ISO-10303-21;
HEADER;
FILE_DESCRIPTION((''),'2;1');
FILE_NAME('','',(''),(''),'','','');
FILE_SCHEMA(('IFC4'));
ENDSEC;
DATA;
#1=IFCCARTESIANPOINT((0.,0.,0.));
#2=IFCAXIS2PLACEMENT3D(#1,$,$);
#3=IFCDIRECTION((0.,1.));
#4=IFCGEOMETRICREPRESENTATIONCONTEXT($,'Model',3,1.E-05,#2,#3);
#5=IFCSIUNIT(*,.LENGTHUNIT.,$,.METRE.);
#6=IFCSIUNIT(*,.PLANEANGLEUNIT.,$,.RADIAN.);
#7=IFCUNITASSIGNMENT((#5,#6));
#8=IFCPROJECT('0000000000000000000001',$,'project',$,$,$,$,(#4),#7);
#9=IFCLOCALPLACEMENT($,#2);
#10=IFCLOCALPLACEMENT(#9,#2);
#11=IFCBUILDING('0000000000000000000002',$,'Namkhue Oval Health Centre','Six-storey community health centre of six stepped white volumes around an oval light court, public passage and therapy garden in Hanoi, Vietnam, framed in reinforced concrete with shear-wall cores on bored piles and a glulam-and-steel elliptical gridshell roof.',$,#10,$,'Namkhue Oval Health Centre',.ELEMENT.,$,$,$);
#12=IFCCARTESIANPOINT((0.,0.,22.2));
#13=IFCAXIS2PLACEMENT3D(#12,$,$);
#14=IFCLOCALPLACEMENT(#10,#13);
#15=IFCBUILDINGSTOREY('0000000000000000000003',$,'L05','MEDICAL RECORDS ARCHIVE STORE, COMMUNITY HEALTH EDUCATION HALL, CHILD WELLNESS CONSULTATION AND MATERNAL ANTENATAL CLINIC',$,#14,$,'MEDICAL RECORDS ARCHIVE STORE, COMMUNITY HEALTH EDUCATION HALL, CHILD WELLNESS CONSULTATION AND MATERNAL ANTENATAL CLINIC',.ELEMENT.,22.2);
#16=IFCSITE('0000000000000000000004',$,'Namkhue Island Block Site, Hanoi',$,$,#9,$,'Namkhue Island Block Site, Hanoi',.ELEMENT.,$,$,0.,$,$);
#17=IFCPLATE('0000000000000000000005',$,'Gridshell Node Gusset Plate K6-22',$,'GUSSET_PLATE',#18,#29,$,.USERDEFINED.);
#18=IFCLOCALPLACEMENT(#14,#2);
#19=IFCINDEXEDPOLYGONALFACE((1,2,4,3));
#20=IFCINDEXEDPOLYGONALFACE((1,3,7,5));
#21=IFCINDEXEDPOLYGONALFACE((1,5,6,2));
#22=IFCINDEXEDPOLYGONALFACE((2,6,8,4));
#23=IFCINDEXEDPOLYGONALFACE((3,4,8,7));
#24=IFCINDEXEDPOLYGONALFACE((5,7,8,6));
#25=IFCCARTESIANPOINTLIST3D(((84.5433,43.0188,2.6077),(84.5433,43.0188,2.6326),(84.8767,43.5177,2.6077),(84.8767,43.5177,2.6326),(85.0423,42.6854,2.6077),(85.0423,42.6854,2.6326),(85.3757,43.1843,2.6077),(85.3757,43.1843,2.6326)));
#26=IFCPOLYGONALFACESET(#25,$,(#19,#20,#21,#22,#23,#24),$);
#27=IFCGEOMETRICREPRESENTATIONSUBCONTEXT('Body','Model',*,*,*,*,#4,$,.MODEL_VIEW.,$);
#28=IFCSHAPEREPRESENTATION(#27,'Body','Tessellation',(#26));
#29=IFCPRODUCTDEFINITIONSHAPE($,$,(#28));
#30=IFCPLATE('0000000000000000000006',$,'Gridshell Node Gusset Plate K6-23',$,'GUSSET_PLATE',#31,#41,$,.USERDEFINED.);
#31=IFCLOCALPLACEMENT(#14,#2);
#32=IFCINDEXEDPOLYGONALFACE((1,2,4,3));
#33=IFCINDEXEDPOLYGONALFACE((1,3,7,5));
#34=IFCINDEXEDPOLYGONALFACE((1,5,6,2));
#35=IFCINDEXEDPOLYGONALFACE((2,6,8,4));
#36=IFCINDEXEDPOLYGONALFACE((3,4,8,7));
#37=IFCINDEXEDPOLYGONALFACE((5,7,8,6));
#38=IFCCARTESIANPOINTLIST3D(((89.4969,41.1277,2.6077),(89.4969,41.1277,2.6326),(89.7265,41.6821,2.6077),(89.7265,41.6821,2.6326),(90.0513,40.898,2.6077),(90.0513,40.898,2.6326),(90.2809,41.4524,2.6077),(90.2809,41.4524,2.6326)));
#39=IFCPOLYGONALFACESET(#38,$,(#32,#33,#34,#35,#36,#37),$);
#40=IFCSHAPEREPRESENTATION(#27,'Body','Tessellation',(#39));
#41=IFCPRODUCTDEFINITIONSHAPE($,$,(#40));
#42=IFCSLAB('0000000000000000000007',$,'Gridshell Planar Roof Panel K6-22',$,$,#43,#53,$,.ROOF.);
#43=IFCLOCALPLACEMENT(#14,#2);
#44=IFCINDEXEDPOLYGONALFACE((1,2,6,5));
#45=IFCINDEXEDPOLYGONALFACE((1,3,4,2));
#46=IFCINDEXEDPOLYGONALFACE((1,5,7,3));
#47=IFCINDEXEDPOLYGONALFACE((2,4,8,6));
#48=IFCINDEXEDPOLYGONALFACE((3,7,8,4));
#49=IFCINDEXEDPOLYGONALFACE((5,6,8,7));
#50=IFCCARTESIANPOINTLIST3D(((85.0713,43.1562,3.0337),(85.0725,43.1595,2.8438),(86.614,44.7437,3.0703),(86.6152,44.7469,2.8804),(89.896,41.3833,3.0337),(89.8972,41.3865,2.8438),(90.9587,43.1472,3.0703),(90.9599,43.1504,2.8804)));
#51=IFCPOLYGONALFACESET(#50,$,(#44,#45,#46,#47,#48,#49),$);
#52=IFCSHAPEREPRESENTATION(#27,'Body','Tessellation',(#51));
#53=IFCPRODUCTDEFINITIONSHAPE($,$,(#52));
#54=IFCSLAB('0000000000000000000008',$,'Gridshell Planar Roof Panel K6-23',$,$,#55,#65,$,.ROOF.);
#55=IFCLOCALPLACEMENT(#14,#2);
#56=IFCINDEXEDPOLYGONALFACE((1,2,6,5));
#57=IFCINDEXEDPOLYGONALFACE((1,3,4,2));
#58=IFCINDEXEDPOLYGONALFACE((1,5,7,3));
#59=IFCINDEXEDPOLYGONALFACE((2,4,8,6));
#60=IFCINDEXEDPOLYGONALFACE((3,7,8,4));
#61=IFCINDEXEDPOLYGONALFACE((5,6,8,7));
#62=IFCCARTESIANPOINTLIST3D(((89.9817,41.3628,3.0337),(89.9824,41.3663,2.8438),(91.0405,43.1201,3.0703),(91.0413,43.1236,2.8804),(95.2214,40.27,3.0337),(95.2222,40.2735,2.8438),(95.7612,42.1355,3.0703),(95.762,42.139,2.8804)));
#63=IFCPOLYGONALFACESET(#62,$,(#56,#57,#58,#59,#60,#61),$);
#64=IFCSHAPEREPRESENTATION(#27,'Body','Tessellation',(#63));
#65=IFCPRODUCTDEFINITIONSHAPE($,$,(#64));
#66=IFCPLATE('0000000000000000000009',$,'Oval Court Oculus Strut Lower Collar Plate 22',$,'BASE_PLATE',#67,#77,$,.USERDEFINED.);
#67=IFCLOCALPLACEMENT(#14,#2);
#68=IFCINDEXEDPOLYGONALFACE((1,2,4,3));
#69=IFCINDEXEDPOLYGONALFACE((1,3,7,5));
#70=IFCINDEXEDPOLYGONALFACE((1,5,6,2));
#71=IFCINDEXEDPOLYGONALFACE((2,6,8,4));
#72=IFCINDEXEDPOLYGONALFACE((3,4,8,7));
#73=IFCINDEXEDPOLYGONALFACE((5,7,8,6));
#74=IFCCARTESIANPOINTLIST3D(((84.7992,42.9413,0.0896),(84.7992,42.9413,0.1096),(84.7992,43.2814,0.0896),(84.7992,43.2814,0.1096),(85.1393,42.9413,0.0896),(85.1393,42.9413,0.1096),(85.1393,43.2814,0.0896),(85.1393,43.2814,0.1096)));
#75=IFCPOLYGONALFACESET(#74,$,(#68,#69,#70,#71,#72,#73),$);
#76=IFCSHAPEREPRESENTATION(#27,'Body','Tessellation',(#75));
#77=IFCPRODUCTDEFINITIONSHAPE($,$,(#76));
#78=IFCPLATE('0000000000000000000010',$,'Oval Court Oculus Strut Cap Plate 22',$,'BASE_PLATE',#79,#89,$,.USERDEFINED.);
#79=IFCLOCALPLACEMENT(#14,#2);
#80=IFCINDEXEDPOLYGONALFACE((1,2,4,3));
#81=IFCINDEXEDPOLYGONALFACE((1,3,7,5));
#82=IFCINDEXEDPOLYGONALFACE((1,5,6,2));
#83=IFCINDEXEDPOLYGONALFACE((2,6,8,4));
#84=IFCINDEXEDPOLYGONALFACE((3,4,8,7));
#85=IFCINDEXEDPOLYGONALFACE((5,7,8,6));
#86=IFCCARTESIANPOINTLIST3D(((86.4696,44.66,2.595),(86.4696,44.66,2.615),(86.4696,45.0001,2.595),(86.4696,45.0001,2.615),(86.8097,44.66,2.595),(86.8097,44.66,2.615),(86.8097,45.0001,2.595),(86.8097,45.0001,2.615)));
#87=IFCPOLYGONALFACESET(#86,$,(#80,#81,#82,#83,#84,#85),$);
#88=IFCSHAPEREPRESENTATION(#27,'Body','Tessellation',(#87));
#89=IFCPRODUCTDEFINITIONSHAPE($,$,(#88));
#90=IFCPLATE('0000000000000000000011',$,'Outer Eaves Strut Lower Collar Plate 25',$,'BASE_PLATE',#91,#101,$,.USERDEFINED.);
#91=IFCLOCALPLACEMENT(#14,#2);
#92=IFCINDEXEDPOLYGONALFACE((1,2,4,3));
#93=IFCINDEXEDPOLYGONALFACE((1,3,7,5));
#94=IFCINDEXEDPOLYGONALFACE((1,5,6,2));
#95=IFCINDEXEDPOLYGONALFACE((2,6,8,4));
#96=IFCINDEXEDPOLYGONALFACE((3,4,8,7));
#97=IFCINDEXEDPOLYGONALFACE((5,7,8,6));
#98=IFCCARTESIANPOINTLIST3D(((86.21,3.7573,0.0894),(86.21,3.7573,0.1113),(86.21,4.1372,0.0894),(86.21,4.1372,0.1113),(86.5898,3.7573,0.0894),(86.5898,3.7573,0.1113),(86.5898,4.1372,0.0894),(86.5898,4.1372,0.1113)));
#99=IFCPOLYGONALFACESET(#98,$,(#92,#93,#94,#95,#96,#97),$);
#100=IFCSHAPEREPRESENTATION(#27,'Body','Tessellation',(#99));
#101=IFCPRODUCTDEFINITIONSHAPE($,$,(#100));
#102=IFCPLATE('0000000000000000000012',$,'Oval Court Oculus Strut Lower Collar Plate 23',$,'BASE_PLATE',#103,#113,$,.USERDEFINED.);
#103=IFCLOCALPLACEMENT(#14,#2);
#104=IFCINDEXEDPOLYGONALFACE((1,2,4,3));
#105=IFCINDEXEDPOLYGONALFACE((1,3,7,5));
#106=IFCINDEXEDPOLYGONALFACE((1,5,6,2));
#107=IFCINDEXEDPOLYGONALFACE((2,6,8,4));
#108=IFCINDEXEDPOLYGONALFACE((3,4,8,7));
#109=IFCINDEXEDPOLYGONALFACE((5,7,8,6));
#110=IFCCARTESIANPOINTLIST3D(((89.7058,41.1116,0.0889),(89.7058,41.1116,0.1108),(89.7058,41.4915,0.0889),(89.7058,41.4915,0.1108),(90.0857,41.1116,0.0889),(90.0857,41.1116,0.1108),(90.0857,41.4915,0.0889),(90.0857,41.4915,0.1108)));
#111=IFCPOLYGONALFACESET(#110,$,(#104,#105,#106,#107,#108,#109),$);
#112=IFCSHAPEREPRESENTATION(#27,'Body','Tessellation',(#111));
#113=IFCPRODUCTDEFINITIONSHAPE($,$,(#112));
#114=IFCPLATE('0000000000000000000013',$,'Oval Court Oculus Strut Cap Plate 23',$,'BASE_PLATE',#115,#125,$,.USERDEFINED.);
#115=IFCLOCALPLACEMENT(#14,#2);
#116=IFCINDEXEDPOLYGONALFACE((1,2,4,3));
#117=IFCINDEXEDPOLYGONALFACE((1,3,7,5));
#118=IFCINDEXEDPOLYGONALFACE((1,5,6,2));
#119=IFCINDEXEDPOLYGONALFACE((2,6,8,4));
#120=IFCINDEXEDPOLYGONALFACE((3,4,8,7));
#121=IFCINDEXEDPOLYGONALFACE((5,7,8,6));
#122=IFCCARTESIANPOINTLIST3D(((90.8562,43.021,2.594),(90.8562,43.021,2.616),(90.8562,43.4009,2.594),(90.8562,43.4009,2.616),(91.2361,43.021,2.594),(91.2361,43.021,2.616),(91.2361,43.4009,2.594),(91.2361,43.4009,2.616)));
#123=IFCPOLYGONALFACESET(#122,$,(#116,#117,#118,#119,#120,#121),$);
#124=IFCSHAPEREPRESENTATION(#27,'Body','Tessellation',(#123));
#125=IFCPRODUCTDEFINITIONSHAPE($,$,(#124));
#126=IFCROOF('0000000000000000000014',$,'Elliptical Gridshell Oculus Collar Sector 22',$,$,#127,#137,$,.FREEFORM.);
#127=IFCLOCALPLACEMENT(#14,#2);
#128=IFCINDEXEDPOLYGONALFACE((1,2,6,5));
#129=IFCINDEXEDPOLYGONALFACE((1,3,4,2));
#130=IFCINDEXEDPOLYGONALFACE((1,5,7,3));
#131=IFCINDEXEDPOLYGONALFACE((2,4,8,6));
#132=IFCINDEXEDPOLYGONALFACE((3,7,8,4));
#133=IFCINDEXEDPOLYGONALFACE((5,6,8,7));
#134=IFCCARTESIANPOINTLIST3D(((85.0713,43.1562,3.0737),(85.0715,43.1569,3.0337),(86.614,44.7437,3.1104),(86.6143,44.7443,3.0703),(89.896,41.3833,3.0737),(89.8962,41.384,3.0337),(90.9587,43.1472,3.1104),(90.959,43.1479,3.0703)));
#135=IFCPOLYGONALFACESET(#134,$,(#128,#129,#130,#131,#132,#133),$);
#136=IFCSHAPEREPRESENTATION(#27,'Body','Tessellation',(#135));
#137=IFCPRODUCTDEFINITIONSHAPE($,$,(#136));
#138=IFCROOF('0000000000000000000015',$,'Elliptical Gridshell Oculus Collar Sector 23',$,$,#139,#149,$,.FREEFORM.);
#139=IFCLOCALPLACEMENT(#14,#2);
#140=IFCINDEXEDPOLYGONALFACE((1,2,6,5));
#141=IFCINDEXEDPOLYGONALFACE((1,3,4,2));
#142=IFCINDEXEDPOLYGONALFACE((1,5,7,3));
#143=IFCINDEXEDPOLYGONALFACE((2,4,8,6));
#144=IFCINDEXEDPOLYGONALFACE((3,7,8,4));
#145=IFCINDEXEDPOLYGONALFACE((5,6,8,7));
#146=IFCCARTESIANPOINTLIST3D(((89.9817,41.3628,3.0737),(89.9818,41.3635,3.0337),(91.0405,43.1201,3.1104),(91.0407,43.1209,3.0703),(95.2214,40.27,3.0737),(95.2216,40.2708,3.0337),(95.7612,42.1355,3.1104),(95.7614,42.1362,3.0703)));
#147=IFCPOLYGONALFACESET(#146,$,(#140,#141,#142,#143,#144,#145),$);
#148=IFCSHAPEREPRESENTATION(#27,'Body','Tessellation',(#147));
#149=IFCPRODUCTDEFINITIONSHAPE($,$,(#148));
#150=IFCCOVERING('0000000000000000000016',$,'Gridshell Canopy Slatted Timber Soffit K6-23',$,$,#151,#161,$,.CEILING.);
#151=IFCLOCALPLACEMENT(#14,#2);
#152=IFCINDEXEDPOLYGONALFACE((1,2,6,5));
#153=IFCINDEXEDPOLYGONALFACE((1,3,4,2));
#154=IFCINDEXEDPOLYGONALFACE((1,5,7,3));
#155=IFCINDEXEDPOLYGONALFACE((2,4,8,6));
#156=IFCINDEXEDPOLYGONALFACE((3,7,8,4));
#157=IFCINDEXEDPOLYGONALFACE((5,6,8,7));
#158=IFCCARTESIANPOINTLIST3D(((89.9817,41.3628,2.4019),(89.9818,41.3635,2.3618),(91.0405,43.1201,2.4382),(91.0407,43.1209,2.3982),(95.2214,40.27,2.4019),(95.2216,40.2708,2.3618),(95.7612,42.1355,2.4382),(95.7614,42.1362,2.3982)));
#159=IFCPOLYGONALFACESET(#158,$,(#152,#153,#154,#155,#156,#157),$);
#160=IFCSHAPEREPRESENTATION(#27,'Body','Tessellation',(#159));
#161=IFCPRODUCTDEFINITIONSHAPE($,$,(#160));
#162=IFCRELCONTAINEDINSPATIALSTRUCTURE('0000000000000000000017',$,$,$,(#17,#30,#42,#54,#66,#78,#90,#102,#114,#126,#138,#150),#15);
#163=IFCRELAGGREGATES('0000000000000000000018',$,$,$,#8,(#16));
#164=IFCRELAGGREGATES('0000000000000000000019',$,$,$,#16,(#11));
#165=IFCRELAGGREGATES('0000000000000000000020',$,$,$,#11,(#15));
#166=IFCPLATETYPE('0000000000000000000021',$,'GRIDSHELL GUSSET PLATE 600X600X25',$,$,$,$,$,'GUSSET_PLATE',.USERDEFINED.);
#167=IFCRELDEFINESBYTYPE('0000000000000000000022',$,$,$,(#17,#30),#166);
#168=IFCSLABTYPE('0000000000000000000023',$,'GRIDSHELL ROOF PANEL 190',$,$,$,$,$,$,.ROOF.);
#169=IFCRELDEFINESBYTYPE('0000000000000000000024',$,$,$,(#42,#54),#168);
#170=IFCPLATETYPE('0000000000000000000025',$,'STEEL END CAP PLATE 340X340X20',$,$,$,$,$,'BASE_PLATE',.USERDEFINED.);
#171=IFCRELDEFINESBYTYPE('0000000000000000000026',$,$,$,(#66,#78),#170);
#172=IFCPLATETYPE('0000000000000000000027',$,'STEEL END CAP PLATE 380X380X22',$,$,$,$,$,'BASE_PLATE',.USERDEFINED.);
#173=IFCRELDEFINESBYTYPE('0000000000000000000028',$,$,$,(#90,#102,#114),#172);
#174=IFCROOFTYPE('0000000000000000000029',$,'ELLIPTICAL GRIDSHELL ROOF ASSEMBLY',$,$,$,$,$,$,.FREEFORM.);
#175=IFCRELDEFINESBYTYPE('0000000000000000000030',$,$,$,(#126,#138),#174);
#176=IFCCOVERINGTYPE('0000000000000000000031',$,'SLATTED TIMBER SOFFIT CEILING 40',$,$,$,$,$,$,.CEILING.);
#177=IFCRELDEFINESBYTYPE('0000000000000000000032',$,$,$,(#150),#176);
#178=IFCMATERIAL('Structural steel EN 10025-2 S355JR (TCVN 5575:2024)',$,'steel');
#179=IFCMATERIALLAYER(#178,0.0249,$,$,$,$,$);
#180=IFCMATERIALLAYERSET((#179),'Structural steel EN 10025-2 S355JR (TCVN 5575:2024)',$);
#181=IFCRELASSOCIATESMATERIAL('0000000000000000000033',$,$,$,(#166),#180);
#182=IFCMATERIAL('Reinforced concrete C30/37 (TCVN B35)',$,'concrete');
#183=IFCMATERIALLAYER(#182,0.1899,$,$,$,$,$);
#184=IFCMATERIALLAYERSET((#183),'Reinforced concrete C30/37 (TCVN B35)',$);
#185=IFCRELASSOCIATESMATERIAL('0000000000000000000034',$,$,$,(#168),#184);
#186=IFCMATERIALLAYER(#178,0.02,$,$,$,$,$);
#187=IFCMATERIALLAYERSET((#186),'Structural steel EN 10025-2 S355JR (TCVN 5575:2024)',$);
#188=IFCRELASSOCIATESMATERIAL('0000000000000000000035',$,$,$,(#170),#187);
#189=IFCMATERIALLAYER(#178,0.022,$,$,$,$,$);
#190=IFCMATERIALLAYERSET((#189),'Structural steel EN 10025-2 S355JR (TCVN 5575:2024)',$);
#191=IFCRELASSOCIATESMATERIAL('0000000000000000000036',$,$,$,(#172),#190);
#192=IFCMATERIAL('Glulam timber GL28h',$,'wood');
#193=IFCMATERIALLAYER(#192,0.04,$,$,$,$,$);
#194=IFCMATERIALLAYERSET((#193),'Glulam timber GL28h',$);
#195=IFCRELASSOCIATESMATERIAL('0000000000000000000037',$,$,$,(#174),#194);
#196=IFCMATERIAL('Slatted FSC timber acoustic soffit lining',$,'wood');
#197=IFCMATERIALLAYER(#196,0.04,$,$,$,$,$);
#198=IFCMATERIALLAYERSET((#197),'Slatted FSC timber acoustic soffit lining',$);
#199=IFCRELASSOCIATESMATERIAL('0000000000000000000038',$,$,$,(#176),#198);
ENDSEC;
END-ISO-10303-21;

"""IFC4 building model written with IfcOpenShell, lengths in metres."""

from ifc_helpers import new_model, si_unit, direction, frame, origin, origin_2d, place, context, subcontext, project, spatial, polyline, rectangle, outline, extrude, material, layer, layer_set, type_object, element, save


model = new_model("IFC4")

# Units and contexts
model_context = context("Model", 3, precision=1e-05, world=origin(), true_north=direction((0.0, 1.0)))
body_context = subcontext(model_context, "Body", "Model", "MODEL_VIEW")
ifc_project = project(units=[si_unit("LENGTHUNIT", "METRE"), si_unit("PLANEANGLEUNIT", "RADIAN")], contexts=[model_context])

# Site, building, storey
site_placement = place(None, origin())
site = spatial("IfcSite", under=ifc_project, at=site_placement, Name="Namkhue Island Block Site, Hanoi", LongName="Namkhue Island Block Site, Hanoi", CompositionType="ELEMENT", RefElevation=0.0)
building_placement = place(site_placement, origin())
building = spatial("IfcBuilding", under=site, at=building_placement, Name="Namkhue Oval Health Centre", Description="Six-storey community health centre of six stepped white volumes around an oval light court, public passage and therapy garden in Hanoi, Vietnam, framed in reinforced concrete with shear-wall cores on bored piles and a glulam-and-steel elliptical gridshell roof.", LongName="Namkhue Oval Health Centre", CompositionType="ELEMENT")
storey_placement = place(building_placement, frame((0.0, 0.0, 22.2)))
storey = spatial("IfcBuildingStorey", under=building, at=storey_placement, Name="L05", Description="MEDICAL RECORDS ARCHIVE STORE, COMMUNITY HEALTH EDUCATION HALL, CHILD WELLNESS CONSULTATION AND MATERNAL ANTENATAL CLINIC", LongName="MEDICAL RECORDS ARCHIVE STORE, COMMUNITY HEALTH EDUCATION HALL, CHILD WELLNESS CONSULTATION AND MATERNAL ANTENATAL CLINIC", CompositionType="ELEMENT", Elevation=22.2)

# Shared definitions
ifc_material_1 = material(Name="Structural steel EN 10025-2 S355JR (TCVN 5575:2024)", Category="steel")
ifc_material_2 = material(Name="Glulam timber GL28h", Category="wood")

# Plates
ifc_layer_1 = layer(ifc_material_1, 0.0249)
ifc_layer_set_1 = layer_set([ifc_layer_1], Name="Structural steel EN 10025-2 S355JR (TCVN 5575:2024)")
plate_type_1 = type_object("IfcPlateType", Name="GRIDSHELL GUSSET PLATE 600X600X25", ElementType="GUSSET_PLATE", PredefinedType="USERDEFINED", material=ifc_layer_set_1)
for number, where, z_axis, x_axis, name in (
    (1, (84.9595, 43.1016, 2.6077), (0.0, 0.0, 1.0), (-0.55557, -0.83147, 0.0), "Gridshell Node Gusset Plate K6-22"),
    (2, (89.8889, 41.29, 2.6077), (0.0, 0.0, 1.0), (-0.382683, -0.92388, 0.0), "Gridshell Node Gusset Plate K6-23"),
):
    element("IfcPlate", number, at=place(storey_placement, frame(where, z_axis=z_axis, x_axis=x_axis)), inside=storey, type_object=plate_type_1, Name=name, ObjectType="GUSSET_PLATE", PredefinedType="USERDEFINED", context=body_context, shape_type="SweptSolid", body=[
        extrude(rectangle(XDim=0.6001, YDim=0.6001, at=origin_2d()), origin(), (0.0, 0.0, 1.0), 0.0249),
    ])

# Slabs
ifc_material_3 = material(Name="Reinforced concrete C30/37 (TCVN B35)", Category="concrete")
ifc_layer_2 = layer(ifc_material_3, 0.1899)
ifc_layer_set_2 = layer_set([ifc_layer_2], Name="Reinforced concrete C30/37 (TCVN B35)")
slab_type = type_object("IfcSlabType", Name="GRIDSHELL ROOF PANEL 190", PredefinedType="ROOF", material=ifc_layer_set_2)
slab_1_placement = place(storey_placement, frame((85.0713, 43.1562, 3.0337), z_axis=(-0.006245, -0.016996, 0.999836), x_axis=(0.938631, -0.344922, 0.0)))
element("IfcSlab", 3, at=slab_1_placement, inside=storey, type_object=slab_type, Name="Gridshell Planar Roof Panel K6-22", PredefinedType="ROOF", context=body_context, shape_type="SweptSolid", body=[
    extrude(outline(polyline([(0.0, 0.0), (5.1402, 0.0), (5.5293, 2.0226), (0.9005, 2.0224), (0.0, 0.0)])), origin(), (0.0, 0.0, -1.0), 0.1899),
])
slab_2_placement = place(storey_placement, frame((89.9817, 41.3628, 3.0337), z_axis=(-0.00386, -0.01851, 0.999821), x_axis=(0.978937, -0.204162, 0.0)))
element("IfcSlab", 4, at=slab_2_placement, inside=storey, type_object=slab_type, Name="Gridshell Planar Roof Panel K6-23", PredefinedType="ROOF", context=body_context, shape_type="SweptSolid", body=[
    extrude(outline(polyline([(0.0, 0.0), (5.3525, 0.0), (5.5001, 1.9367), (0.6778, 1.9368), (0.0, 0.0)])), origin(), (0.0, 0.0, -1.0), 0.1899),
])

# Plates
ifc_layer_3 = layer(ifc_material_1, 0.02)
ifc_layer_set_3 = layer_set([ifc_layer_3], Name="Structural steel EN 10025-2 S355JR (TCVN 5575:2024)")
plate_type_2 = type_object("IfcPlateType", Name="STEEL END CAP PLATE 340X340X20", ElementType="BASE_PLATE", PredefinedType="USERDEFINED", material=ifc_layer_set_3)
for number, where, z_axis, x_axis, name in (
    (5, (84.9692, 43.1113, 0.0896), (0.0, 0.0, 1.0), (1.0, 0.0, 0.0), "Oval Court Oculus Strut Lower Collar Plate 22"),
    (6, (86.6396, 44.8301, 2.595), (0.0, 0.0, 1.0), (1.0, 0.0, 0.0), "Oval Court Oculus Strut Cap Plate 22"),
):
    element("IfcPlate", number, at=place(storey_placement, frame(where, z_axis=z_axis, x_axis=x_axis)), inside=storey, type_object=plate_type_2, Name=name, ObjectType="BASE_PLATE", PredefinedType="USERDEFINED", context=body_context, shape_type="SweptSolid", body=[
        extrude(rectangle(XDim=0.3401, YDim=0.3401, at=origin_2d()), origin(), (0.0, 0.0, 1.0), 0.02),
    ])
ifc_layer_4 = layer(ifc_material_1, 0.022)
ifc_layer_set_4 = layer_set([ifc_layer_4], Name="Structural steel EN 10025-2 S355JR (TCVN 5575:2024)")
plate_type_3 = type_object("IfcPlateType", Name="STEEL END CAP PLATE 380X380X22", ElementType="BASE_PLATE", PredefinedType="USERDEFINED", material=ifc_layer_set_4)
for number, where, z_axis, x_axis, name in (
    (7, (86.3999, 3.9473, 0.0894), (0.0, 0.0, 1.0), (1.0, 0.0, 0.0), "Outer Eaves Strut Lower Collar Plate 25"),
    (8, (89.8958, 41.3015, 0.0889), (0.0, 0.0, 1.0), (1.0, 0.0, 0.0), "Oval Court Oculus Strut Lower Collar Plate 23"),
    (9, (91.0461, 43.2109, 2.594), (0.0, 0.0, 1.0), (1.0, 0.0, 0.0), "Oval Court Oculus Strut Cap Plate 23"),
):
    element("IfcPlate", number, at=place(storey_placement, frame(where, z_axis=z_axis, x_axis=x_axis)), inside=storey, type_object=plate_type_3, Name=name, ObjectType="BASE_PLATE", PredefinedType="USERDEFINED", context=body_context, shape_type="SweptSolid", body=[
        extrude(rectangle(XDim=0.3799, YDim=0.3799, at=origin_2d()), origin(), (0.0, 0.0, 1.0), 0.022),
    ])

# Roofs
ifc_layer_5 = layer(ifc_material_2, 0.04)
ifc_layer_set_5 = layer_set([ifc_layer_5], Name="Glulam timber GL28h")
roof_type = type_object("IfcRoofType", Name="ELLIPTICAL GRIDSHELL ROOF ASSEMBLY", PredefinedType="FREEFORM", material=ifc_layer_set_5)
roof_1_placement = place(storey_placement, frame((85.0713, 43.1562, 3.0737), z_axis=(-0.006245, -0.016996, 0.999836), x_axis=(0.938631, -0.344922, 0.0)))
element("IfcRoof", 10, at=roof_1_placement, inside=storey, type_object=roof_type, Name="Elliptical Gridshell Oculus Collar Sector 22", PredefinedType="FREEFORM", context=body_context, shape_type="SweptSolid", body=[
    extrude(outline(polyline([(0.0, 0.0), (5.1402, 0.0), (5.5293, 2.0226), (0.9005, 2.0224), (0.0, 0.0)])), origin(), (0.0, 0.0, -1.0), 0.04),
])
roof_2_placement = place(storey_placement, frame((89.9817, 41.3628, 3.0737), z_axis=(-0.00386, -0.01851, 0.999821), x_axis=(0.978937, -0.204162, 0.0)))
element("IfcRoof", 11, at=roof_2_placement, inside=storey, type_object=roof_type, Name="Elliptical Gridshell Oculus Collar Sector 23", PredefinedType="FREEFORM", context=body_context, shape_type="SweptSolid", body=[
    extrude(outline(polyline([(0.0, 0.0), (5.3525, 0.0), (5.5001, 1.9367), (0.6778, 1.9368), (0.0, 0.0)])), origin(), (0.0, 0.0, -1.0), 0.04),
])

# Covering
ifc_material_4 = material(Name="Slatted FSC timber acoustic soffit lining", Category="wood")
ifc_layer_6 = layer(ifc_material_4, 0.04)
ifc_layer_set_6 = layer_set([ifc_layer_6], Name="Slatted FSC timber acoustic soffit lining")
covering_type = type_object("IfcCoveringType", Name="SLATTED TIMBER SOFFIT CEILING 40", PredefinedType="CEILING", material=ifc_layer_set_6)
covering_placement = place(storey_placement, frame((89.9817, 41.3628, 2.4019), z_axis=(-0.003835, -0.018387, 0.999824), x_axis=(0.978937, -0.204162, 0.0)))
element("IfcCovering", 12, at=covering_placement, inside=storey, type_object=covering_type, Name="Gridshell Canopy Slatted Timber Soffit K6-23", PredefinedType="CEILING", context=body_context, shape_type="SweptSolid", body=[
    extrude(outline(polyline([(0.0, 0.0), (5.3525, 0.0), (5.5001, 1.9367), (0.6778, 1.9368), (0.0, 0.0)])), origin(), (0.0, 0.0, -1.0), 0.04),
])

save(model, "model.ifc")
